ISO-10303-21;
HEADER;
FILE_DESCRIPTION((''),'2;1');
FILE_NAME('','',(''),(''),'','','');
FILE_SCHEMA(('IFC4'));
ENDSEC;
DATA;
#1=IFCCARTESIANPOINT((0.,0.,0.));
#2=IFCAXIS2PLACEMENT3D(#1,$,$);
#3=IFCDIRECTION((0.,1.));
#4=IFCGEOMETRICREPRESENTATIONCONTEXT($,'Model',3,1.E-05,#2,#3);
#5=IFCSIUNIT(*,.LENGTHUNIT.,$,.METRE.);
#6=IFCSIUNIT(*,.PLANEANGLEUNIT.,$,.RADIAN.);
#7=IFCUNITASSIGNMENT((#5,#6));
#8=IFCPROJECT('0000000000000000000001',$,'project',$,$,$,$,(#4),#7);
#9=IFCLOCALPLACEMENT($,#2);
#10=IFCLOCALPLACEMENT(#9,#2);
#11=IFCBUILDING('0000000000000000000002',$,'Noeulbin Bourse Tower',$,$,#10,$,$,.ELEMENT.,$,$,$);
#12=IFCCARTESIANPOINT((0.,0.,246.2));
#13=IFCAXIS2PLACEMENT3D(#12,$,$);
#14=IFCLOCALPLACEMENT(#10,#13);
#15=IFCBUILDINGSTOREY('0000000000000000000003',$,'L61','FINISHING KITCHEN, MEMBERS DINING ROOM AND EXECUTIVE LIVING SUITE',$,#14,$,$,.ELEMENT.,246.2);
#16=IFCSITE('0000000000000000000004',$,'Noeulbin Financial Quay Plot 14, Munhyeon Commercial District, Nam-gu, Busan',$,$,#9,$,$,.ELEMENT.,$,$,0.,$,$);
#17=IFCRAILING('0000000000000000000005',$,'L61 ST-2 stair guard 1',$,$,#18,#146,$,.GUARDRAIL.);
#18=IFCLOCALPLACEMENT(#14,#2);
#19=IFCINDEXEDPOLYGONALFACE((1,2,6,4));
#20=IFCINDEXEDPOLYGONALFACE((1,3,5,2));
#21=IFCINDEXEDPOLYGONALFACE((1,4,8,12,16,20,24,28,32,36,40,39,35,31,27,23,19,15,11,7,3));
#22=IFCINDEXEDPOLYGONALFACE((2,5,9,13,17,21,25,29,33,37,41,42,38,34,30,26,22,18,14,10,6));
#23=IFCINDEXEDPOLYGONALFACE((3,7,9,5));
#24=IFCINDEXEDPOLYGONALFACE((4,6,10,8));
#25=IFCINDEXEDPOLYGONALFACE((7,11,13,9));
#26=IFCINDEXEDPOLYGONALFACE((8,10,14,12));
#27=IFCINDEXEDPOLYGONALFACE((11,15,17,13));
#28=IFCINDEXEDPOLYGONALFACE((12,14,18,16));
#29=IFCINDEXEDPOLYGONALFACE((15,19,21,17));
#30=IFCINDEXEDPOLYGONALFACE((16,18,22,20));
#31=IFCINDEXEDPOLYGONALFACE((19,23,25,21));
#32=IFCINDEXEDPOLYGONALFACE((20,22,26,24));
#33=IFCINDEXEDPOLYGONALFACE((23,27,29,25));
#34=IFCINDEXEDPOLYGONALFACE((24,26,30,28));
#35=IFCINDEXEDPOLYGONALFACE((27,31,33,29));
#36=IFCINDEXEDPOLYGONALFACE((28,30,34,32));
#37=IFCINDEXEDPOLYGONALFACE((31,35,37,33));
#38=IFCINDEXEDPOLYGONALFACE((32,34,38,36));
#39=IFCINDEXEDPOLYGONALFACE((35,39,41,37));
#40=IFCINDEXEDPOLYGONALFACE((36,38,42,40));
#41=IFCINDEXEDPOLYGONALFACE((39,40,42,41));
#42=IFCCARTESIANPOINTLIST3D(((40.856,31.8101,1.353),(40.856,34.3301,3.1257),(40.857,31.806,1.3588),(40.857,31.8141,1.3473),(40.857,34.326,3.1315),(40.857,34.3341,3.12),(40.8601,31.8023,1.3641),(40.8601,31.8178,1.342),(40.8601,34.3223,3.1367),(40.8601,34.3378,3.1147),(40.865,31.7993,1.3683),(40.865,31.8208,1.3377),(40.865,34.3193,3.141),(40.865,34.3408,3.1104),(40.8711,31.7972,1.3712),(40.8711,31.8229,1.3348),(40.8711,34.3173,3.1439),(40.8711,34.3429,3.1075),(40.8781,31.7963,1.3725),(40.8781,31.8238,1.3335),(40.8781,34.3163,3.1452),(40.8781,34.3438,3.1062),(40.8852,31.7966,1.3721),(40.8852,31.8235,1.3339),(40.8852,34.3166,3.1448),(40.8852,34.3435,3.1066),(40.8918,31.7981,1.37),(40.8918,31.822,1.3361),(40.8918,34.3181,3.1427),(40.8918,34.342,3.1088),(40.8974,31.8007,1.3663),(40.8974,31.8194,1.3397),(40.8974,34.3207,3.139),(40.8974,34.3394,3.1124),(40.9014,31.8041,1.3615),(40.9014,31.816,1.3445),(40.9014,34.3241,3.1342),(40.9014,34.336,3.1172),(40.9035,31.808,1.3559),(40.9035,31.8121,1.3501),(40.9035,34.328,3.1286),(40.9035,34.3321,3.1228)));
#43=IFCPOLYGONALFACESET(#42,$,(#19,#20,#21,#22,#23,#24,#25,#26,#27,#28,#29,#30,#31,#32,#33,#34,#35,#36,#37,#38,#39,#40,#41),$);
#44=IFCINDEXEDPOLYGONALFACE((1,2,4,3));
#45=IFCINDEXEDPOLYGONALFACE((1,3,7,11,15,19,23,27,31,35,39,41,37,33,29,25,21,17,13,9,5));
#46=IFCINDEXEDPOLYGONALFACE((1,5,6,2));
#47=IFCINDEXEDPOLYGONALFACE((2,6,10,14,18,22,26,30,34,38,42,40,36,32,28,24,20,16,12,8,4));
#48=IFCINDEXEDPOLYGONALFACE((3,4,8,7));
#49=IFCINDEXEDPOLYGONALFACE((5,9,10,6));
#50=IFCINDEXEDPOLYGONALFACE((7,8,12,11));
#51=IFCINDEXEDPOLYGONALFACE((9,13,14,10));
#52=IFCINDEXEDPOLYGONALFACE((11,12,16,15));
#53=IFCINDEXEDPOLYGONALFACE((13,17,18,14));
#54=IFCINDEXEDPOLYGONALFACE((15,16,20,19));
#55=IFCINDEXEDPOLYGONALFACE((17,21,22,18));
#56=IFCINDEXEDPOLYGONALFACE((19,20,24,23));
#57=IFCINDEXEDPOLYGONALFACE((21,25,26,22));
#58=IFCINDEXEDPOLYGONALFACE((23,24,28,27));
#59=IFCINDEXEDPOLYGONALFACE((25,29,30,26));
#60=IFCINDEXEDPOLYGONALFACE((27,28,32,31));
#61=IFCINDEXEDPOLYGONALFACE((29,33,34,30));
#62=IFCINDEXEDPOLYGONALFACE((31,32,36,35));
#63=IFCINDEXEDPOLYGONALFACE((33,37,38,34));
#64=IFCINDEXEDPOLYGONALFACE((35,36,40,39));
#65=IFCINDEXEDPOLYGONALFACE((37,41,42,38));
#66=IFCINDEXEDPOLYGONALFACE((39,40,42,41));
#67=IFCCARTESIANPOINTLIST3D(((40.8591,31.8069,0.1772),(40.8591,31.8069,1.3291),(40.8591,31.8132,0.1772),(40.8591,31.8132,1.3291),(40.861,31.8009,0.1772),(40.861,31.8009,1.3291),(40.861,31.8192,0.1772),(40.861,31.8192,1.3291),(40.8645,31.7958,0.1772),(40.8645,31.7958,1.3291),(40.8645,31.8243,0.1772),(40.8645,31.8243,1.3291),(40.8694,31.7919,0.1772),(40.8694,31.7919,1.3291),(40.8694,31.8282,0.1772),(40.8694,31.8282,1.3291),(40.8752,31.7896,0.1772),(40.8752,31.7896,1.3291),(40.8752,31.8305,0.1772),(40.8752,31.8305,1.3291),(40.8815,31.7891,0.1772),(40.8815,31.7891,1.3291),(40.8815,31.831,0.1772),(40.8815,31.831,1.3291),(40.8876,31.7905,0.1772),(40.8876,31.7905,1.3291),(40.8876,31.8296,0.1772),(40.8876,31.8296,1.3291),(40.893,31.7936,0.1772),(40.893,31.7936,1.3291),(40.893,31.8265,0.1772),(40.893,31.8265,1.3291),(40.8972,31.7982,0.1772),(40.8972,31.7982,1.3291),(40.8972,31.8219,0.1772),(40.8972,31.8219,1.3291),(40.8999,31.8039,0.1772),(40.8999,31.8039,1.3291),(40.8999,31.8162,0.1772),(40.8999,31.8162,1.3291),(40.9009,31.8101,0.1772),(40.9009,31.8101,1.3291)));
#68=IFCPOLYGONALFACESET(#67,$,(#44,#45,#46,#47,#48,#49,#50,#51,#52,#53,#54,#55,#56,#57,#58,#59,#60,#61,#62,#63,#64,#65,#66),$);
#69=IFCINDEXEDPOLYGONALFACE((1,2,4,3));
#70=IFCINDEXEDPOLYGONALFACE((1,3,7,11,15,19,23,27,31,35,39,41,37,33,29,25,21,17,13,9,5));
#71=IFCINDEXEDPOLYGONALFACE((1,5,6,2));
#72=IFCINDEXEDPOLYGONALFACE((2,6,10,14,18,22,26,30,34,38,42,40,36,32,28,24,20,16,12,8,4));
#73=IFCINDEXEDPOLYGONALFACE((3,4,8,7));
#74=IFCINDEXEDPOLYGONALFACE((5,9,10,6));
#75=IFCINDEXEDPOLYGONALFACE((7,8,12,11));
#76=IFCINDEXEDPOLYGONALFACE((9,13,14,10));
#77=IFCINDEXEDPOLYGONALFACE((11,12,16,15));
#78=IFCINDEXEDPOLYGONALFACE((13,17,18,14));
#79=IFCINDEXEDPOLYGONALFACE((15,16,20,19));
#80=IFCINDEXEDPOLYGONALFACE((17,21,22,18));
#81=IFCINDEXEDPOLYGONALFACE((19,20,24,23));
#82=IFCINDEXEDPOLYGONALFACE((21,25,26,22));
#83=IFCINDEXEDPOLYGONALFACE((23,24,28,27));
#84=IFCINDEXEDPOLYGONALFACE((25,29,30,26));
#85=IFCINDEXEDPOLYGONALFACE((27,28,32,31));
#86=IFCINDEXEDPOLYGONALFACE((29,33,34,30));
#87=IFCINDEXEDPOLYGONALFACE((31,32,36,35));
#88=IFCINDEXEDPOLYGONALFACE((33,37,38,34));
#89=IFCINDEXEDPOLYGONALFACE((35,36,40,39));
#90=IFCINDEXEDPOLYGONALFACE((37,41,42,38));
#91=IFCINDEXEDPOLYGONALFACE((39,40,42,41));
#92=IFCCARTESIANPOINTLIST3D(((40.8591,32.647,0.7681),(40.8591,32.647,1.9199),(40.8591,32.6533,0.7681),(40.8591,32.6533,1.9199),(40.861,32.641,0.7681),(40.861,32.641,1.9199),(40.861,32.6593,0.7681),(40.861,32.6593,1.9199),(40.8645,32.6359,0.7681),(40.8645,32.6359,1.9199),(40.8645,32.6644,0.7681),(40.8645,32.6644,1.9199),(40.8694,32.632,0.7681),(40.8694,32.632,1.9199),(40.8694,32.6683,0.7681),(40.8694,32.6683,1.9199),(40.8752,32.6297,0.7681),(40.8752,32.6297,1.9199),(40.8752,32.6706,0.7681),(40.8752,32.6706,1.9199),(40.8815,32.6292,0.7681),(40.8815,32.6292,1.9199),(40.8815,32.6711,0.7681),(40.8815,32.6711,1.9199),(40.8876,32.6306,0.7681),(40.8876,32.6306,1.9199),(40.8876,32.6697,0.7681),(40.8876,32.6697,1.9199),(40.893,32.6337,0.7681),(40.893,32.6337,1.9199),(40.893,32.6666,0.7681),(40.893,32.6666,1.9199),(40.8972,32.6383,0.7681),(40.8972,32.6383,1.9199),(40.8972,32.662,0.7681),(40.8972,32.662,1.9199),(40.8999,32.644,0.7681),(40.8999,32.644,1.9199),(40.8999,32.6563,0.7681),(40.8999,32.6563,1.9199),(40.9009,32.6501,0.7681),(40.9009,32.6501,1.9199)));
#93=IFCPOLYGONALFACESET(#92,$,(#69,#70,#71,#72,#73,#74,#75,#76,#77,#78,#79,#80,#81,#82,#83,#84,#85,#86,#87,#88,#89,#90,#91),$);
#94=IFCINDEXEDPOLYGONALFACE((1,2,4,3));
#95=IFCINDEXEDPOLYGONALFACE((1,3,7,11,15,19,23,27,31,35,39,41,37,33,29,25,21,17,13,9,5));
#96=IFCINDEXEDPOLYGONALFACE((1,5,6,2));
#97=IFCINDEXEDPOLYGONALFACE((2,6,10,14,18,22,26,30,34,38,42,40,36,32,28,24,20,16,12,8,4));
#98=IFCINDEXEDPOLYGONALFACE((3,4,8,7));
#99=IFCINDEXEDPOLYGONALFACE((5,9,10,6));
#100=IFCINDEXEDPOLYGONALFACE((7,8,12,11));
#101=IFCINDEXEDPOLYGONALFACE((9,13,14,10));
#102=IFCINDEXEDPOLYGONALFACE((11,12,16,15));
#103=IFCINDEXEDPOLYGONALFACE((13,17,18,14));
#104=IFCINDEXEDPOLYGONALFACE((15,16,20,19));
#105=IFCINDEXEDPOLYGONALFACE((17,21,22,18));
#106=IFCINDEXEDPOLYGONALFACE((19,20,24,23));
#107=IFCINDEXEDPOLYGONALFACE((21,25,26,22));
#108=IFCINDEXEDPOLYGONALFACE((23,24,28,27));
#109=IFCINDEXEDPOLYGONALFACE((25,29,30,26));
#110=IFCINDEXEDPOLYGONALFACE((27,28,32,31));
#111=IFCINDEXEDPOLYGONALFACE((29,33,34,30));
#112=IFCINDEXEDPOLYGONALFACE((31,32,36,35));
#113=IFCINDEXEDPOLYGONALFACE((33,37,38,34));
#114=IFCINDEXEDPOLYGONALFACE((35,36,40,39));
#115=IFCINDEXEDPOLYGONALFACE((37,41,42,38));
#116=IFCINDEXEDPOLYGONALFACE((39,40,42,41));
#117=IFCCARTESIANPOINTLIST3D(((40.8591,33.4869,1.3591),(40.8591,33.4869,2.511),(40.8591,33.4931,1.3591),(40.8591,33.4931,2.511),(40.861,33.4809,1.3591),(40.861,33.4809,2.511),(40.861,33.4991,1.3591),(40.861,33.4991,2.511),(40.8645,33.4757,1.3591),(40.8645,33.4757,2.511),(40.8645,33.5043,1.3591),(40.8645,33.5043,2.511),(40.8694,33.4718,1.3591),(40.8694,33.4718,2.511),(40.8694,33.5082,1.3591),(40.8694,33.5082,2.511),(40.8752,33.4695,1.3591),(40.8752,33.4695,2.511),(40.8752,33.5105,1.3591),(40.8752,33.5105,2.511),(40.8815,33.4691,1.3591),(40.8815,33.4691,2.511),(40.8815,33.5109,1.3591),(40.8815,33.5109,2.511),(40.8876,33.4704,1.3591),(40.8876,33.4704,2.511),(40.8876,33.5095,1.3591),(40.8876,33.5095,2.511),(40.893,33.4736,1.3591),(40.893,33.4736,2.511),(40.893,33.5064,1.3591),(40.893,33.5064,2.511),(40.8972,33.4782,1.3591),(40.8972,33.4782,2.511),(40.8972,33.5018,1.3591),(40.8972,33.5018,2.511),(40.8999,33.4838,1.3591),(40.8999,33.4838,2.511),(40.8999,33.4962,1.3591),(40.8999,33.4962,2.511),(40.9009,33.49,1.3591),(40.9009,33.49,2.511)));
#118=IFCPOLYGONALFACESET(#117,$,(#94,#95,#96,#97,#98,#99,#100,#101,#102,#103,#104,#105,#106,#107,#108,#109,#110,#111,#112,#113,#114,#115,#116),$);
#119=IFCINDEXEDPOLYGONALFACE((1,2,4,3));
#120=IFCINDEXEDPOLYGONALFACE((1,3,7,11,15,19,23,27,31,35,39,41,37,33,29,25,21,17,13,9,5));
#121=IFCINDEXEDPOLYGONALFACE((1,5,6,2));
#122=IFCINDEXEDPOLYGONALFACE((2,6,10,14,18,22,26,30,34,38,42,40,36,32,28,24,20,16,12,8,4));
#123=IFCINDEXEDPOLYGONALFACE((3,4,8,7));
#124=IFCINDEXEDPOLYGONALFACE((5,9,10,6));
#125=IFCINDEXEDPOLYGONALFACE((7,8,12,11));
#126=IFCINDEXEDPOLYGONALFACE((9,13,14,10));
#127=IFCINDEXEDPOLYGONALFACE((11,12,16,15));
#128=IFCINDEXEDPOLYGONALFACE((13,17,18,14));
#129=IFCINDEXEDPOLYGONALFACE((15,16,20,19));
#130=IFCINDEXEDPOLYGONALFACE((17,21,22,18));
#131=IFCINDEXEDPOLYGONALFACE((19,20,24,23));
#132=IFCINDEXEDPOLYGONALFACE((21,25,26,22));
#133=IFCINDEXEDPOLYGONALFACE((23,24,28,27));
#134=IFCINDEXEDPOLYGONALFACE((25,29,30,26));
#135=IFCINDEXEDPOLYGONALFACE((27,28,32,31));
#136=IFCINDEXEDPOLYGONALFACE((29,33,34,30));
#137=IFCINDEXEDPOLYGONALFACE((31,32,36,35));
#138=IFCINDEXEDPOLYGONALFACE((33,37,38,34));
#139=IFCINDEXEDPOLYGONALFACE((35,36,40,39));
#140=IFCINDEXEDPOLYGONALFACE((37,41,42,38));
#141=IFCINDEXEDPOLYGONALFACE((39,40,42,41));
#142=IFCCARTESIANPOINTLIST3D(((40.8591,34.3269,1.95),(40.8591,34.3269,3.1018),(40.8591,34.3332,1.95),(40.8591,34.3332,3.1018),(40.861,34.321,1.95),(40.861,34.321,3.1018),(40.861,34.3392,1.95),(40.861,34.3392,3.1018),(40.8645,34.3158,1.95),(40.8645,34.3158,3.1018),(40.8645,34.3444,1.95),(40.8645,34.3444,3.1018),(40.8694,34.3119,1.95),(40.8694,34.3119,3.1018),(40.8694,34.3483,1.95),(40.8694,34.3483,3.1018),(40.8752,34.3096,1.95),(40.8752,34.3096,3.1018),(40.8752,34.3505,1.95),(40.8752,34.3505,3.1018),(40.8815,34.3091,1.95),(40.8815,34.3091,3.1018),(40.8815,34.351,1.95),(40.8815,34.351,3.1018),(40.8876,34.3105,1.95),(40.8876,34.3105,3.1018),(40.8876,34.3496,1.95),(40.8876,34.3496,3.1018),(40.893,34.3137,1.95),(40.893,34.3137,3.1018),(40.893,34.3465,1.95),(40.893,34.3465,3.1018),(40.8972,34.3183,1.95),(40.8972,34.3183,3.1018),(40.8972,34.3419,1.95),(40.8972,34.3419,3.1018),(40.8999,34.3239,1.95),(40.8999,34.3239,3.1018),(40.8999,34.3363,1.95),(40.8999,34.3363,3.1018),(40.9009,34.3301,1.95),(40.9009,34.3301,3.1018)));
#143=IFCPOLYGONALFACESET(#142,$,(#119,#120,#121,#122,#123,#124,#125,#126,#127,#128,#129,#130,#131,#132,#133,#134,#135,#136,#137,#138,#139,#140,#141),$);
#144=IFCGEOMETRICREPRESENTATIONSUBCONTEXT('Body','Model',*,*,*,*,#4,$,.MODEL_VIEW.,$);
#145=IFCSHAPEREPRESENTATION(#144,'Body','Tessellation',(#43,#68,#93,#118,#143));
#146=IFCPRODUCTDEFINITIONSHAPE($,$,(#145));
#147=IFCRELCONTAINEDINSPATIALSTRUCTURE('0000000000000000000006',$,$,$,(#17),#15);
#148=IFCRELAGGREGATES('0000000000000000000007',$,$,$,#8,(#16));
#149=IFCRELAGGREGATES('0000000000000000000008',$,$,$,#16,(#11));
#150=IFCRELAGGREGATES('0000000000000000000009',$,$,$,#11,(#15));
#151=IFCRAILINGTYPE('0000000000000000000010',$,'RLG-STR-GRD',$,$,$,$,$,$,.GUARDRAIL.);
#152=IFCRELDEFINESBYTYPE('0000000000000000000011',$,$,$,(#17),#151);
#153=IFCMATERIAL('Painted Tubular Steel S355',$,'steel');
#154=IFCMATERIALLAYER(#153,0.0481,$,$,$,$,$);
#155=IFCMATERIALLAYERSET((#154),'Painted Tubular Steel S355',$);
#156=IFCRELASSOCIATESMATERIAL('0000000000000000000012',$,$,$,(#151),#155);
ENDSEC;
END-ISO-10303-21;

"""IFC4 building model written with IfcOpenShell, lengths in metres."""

from ifc_helpers import new_model, si_unit, direction, frame, origin, origin_2d, place, context, subcontext, project, spatial, circle, extrude, material, layer, layer_set, type_object, element, save


model = new_model("IFC4")

# Units and contexts
model_context = context("Model", 3, precision=1e-05, world=origin(), true_north=direction((0.0, 1.0)))
body_context = subcontext(model_context, "Body", "Model", "MODEL_VIEW")
ifc_project = project(units=[si_unit("LENGTHUNIT", "METRE"), si_unit("PLANEANGLEUNIT", "RADIAN")], contexts=[model_context])

# Site, building, storey
site_placement = place(None, origin())
site = spatial("IfcSite", under=ifc_project, at=site_placement, Name="Noeulbin Financial Quay Plot 14, Munhyeon Commercial District, Nam-gu, Busan", CompositionType="ELEMENT", RefElevation=0.0)
building_placement = place(site_placement, origin())
building = spatial("IfcBuilding", under=site, at=building_placement, Name="Noeulbin Bourse Tower", CompositionType="ELEMENT")
storey_placement = place(building_placement, frame((0.0, 0.0, 246.2)))
storey = spatial("IfcBuildingStorey", under=building, at=storey_placement, Name="L61", Description="FINISHING KITCHEN, MEMBERS DINING ROOM AND EXECUTIVE LIVING SUITE", CompositionType="ELEMENT", Elevation=246.2)

# Railing
ifc_material_1 = material(Name="Painted Tubular Steel S355", Category="steel")
ifc_layer_1 = layer(ifc_material_1, 0.0481)
ifc_layer_set_1 = layer_set([ifc_layer_1], Name="Painted Tubular Steel S355")
railing_type_1 = type_object("IfcRailingType", Name="RLG-STR-GRD", PredefinedType="GUARDRAIL", material=ifc_layer_set_1)
railing_1_placement = place(storey_placement, frame((40.8799, 31.8101, 0.1772)))
element("IfcRailing", 1, at=railing_1_placement, inside=storey, type_object=railing_type_1, Name="L61 ST-2 stair guard 1", PredefinedType="GUARDRAIL", context=body_context, shape_type="SweptSolid", body=[
    extrude(circle(Radius=0.0239, at=origin_2d()), frame((0.0, 0.0, 1.1758), z_axis=(0.0, 0.817904, 0.575354), x_axis=(-1.0, 0.0, 0.0)), (0.0, 0.0, 1.0), 3.0811),
    extrude(circle(Radius=0.021, at=origin_2d()), origin(), (0.0, 0.0, 1.0), 1.1519),
    extrude(circle(Radius=0.021, at=origin_2d()), frame((0.0, 0.8401, 0.5908)), (0.0, 0.0, 1.0), 1.1519),
    extrude(circle(Radius=0.021, at=origin_2d()), frame((0.0, 1.6799, 1.1819)), (0.0, 0.0, 1.0), 1.1519),
    extrude(circle(Radius=0.021, at=origin_2d()), frame((0.0, 2.52, 1.7727)), (0.0, 0.0, 1.0), 1.1519),
])

save(model, "model.ifc")
